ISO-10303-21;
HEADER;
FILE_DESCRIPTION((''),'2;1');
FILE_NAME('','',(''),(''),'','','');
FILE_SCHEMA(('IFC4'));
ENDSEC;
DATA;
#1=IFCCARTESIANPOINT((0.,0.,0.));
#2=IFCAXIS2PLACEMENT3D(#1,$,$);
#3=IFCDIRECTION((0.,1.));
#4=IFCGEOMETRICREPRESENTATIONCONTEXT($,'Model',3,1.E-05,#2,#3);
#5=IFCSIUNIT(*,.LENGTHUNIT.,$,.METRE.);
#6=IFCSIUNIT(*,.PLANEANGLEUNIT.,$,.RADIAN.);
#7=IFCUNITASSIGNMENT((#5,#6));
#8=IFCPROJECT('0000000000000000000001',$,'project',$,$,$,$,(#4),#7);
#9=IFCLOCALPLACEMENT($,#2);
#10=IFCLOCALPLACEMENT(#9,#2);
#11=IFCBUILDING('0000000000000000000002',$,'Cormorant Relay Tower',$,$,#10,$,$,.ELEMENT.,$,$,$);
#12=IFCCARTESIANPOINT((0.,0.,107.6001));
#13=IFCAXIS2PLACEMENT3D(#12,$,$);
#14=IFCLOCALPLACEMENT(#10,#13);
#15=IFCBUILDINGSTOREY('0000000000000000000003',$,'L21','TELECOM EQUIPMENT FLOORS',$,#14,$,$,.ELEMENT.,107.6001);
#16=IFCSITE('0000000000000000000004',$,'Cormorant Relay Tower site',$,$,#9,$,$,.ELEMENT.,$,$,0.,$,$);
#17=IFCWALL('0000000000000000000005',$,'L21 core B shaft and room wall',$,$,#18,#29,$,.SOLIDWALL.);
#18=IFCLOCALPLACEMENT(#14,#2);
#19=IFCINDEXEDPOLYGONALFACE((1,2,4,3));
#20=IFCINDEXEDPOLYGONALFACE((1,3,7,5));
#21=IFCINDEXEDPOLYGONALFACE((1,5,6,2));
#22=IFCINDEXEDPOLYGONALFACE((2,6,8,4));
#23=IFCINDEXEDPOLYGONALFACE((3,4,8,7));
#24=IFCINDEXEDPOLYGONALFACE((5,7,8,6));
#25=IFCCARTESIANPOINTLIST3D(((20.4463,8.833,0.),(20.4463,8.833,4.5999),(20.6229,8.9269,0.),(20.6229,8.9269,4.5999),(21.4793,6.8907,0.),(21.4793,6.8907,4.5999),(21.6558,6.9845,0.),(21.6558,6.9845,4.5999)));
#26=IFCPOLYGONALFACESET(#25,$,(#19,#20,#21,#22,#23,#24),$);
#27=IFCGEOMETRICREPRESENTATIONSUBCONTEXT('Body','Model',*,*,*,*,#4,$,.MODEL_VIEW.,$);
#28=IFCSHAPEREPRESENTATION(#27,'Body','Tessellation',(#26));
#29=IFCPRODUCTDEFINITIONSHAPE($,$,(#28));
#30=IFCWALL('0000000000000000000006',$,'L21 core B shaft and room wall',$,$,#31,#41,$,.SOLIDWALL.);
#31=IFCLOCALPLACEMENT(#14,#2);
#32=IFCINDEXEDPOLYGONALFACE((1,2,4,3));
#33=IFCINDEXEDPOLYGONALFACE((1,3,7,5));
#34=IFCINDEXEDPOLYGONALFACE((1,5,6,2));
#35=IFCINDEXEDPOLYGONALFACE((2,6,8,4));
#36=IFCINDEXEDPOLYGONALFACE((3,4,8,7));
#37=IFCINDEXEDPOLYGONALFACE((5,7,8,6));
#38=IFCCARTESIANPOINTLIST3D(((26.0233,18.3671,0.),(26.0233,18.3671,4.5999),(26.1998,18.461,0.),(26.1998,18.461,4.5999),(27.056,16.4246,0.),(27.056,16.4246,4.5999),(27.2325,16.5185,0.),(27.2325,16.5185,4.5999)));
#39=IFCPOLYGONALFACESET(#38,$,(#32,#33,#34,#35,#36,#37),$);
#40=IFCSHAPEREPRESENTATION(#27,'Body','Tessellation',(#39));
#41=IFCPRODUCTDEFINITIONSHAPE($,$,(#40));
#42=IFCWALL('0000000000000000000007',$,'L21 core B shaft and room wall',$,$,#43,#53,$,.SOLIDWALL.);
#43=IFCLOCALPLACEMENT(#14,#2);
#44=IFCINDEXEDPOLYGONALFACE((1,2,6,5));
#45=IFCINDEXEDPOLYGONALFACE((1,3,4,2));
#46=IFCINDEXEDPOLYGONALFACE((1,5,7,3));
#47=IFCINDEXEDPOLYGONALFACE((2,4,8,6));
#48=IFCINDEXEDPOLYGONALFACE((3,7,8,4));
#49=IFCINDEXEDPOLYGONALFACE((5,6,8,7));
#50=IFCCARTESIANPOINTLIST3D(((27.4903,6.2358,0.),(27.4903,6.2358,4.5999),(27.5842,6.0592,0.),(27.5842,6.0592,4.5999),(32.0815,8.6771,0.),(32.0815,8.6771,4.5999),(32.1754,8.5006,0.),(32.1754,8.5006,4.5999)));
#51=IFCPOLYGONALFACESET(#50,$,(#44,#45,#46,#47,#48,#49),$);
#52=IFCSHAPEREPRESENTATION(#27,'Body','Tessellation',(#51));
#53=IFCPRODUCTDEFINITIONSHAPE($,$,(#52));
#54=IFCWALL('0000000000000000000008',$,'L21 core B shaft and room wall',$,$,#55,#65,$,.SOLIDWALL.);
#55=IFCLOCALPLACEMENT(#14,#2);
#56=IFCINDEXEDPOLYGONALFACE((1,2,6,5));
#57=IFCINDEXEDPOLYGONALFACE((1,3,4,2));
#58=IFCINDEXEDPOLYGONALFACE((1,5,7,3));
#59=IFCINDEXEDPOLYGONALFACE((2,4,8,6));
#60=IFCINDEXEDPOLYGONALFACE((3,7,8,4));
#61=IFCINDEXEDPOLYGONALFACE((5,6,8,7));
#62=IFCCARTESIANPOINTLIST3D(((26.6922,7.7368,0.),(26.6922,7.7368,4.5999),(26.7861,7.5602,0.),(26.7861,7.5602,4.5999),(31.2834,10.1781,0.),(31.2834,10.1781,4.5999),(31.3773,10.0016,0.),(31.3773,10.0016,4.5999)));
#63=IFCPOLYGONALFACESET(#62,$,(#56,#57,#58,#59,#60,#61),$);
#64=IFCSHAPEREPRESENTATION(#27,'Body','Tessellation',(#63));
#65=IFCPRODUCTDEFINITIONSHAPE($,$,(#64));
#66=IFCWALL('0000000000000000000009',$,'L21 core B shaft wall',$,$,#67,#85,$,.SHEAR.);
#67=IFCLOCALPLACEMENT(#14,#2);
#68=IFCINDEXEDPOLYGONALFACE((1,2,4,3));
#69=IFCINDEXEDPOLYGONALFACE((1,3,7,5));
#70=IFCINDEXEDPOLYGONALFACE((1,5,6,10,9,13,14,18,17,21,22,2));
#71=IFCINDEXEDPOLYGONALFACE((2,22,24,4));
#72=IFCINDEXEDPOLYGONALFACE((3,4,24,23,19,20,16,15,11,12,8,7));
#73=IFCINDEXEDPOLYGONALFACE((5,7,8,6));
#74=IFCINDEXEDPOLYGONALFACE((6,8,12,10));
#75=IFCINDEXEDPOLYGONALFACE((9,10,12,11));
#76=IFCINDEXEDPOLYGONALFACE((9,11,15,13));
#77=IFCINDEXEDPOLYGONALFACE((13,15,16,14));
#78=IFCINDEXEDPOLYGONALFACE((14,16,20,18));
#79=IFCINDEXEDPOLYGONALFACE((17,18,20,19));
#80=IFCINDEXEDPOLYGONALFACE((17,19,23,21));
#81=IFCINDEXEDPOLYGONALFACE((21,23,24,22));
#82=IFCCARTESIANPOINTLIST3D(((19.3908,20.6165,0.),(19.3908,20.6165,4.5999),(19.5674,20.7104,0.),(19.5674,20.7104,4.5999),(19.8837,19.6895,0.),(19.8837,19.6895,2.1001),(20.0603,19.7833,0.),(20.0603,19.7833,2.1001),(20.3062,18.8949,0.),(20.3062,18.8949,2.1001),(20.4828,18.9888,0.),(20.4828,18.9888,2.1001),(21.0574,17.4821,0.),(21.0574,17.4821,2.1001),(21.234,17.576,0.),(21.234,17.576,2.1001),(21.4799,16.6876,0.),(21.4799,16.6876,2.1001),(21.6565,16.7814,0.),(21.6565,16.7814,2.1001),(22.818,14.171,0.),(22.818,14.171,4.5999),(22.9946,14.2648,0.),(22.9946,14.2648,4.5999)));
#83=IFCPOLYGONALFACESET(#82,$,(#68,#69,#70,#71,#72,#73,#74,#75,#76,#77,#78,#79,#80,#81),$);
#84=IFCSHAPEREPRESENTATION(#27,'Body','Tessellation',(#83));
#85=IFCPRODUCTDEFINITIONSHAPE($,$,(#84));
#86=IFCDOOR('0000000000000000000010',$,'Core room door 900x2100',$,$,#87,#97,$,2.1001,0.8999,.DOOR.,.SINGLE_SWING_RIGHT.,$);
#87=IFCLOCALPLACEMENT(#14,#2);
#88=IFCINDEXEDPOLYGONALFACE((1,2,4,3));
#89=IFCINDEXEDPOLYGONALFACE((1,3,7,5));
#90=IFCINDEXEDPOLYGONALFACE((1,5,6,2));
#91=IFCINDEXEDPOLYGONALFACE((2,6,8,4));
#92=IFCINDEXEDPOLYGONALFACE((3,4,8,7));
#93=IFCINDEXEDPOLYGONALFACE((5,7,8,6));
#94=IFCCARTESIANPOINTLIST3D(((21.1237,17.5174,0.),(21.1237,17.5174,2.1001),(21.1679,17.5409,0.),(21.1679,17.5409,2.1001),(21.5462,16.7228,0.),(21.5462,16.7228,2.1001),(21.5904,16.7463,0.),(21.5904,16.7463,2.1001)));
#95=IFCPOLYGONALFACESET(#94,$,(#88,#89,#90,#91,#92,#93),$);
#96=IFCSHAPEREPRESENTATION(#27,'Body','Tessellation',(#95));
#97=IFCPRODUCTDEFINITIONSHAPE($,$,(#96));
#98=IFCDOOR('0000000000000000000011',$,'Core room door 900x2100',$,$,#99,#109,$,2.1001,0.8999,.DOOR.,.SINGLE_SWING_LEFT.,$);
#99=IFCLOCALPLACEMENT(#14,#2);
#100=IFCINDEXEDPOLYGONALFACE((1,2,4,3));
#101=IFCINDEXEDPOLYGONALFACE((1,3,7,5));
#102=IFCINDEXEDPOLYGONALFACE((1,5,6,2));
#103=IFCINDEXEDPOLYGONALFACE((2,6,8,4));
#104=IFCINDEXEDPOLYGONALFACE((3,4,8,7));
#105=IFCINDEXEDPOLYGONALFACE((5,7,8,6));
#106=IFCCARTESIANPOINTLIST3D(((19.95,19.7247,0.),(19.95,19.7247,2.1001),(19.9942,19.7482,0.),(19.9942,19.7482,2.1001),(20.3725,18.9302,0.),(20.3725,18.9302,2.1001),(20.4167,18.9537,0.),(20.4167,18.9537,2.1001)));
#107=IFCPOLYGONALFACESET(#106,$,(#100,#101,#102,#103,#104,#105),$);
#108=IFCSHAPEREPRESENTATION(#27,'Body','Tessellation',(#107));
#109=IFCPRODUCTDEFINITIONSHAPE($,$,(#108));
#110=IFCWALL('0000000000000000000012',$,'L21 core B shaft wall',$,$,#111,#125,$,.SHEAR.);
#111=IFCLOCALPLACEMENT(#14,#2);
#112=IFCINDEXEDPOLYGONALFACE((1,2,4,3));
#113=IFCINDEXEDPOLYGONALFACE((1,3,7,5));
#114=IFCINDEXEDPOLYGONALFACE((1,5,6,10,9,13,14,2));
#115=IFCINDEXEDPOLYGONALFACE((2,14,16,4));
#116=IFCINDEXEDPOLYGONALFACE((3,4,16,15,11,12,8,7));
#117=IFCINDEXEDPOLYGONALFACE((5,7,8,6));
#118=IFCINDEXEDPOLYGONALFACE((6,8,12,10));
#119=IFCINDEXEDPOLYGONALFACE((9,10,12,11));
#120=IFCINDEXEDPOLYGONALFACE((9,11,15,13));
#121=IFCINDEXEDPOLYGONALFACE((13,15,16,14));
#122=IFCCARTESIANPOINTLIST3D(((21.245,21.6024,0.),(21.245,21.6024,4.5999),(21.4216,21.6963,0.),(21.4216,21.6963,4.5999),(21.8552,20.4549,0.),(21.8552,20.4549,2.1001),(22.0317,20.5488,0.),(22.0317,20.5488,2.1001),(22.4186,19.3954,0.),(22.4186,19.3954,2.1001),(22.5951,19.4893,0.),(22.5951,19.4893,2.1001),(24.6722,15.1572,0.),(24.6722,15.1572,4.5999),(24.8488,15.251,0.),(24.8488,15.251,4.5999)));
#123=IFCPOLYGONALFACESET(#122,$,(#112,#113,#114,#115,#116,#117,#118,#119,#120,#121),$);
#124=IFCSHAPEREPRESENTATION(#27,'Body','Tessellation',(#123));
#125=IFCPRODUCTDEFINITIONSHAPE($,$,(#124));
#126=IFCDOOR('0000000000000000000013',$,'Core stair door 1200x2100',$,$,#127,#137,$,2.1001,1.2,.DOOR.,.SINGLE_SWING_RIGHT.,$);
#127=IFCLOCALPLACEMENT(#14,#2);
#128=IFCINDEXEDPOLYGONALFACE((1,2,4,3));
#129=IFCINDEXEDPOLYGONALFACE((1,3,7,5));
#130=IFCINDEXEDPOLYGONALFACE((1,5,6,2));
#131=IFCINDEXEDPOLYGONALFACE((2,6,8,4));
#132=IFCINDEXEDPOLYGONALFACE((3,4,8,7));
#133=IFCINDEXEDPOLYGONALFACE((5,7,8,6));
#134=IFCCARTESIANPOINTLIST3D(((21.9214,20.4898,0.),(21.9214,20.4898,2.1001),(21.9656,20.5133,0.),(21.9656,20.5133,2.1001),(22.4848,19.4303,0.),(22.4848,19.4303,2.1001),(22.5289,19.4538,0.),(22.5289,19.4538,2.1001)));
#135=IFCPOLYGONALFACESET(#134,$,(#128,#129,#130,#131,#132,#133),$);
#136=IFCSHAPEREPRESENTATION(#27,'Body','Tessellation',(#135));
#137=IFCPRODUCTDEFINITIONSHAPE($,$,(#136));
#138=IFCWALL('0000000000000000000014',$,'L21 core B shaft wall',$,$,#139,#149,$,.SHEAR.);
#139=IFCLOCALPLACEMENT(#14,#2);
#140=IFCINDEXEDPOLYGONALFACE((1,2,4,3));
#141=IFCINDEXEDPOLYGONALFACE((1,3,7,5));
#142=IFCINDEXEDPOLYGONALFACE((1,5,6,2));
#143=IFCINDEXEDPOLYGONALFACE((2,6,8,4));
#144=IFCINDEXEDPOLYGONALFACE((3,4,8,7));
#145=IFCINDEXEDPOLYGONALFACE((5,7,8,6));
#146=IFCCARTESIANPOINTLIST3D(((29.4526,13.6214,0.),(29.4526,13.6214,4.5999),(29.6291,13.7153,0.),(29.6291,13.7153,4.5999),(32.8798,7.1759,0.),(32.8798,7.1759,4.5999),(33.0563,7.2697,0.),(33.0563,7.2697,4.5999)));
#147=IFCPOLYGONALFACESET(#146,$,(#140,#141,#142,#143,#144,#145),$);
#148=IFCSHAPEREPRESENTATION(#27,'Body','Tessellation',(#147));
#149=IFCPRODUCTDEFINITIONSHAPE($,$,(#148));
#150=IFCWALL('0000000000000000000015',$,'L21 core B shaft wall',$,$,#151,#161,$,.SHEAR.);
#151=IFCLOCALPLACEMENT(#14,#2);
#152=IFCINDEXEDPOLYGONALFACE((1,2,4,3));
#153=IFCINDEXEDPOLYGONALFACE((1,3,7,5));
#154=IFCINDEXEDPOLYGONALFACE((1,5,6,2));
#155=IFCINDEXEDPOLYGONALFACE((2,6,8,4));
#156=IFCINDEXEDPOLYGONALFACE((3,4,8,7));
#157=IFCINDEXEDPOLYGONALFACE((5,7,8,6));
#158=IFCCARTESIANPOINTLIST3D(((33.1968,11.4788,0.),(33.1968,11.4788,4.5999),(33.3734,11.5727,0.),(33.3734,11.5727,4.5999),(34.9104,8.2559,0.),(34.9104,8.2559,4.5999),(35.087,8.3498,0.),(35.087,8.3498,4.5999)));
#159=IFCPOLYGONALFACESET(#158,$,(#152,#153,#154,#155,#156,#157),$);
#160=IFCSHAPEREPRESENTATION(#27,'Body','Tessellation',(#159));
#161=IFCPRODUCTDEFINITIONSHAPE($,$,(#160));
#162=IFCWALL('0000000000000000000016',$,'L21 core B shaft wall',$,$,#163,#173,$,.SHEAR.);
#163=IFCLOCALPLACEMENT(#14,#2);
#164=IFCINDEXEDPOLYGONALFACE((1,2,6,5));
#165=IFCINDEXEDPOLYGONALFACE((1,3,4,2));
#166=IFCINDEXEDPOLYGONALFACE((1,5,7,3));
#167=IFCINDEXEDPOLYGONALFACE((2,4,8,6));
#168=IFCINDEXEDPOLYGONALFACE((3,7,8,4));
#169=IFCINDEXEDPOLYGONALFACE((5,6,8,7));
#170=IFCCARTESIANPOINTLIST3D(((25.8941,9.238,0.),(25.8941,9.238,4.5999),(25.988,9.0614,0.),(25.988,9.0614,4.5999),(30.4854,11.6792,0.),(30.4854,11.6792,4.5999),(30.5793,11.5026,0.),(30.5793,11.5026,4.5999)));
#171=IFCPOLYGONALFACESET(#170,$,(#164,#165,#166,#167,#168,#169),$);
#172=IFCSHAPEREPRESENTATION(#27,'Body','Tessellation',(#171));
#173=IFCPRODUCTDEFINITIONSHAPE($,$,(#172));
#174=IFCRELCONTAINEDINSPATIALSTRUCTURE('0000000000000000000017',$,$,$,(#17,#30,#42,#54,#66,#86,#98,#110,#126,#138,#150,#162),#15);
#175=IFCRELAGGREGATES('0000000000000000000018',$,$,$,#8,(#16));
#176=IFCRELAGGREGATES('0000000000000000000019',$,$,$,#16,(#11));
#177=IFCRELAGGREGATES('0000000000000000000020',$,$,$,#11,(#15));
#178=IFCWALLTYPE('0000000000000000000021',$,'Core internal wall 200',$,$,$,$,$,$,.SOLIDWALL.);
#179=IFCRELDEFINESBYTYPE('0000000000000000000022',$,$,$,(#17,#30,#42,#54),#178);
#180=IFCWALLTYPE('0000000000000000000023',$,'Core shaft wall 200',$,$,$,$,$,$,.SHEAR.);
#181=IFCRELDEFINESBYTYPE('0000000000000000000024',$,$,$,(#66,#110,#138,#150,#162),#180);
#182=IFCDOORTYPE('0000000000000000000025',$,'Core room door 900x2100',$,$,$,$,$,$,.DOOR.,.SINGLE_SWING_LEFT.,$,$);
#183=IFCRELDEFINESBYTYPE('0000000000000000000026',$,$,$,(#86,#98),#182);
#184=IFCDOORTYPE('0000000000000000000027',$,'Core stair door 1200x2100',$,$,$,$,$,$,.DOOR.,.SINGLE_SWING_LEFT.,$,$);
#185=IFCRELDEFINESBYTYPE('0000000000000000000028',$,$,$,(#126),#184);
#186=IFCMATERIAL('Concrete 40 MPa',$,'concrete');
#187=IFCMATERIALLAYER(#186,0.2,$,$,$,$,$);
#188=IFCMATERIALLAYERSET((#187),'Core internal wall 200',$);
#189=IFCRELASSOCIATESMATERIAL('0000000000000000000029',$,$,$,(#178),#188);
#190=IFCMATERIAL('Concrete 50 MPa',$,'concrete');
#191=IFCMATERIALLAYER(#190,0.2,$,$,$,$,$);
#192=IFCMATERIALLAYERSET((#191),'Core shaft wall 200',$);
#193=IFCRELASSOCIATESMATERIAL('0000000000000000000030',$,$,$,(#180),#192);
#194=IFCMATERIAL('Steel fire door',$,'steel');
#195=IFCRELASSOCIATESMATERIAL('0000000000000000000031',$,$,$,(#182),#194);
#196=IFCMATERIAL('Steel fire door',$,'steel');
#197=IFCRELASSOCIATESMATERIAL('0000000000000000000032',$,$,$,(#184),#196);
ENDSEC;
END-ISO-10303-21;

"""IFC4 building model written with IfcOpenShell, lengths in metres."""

from ifc_helpers import new_model, si_unit, direction, frame, frame_2d, origin, place, context, subcontext, project, spatial, rectangle, extrude, material, layer, layer_set, type_object, element, fill, save


model = new_model("IFC4")

# Units and contexts
model_context = context("Model", 3, precision=1e-05, world=origin(), true_north=direction((0.0, 1.0)))
body_context = subcontext(model_context, "Body", "Model", "MODEL_VIEW")
ifc_project = project(units=[si_unit("LENGTHUNIT", "METRE"), si_unit("PLANEANGLEUNIT", "RADIAN")], contexts=[model_context])

# Site, building, storey
site_placement = place(None, origin())
site = spatial("IfcSite", under=ifc_project, at=site_placement, Name="Cormorant Relay Tower site", CompositionType="ELEMENT", RefElevation=0.0)
building_placement = place(site_placement, origin())
building = spatial("IfcBuilding", under=site, at=building_placement, Name="Cormorant Relay Tower", CompositionType="ELEMENT")
storey_placement = place(building_placement, frame((0.0, 0.0, 107.6001)))
storey = spatial("IfcBuildingStorey", under=building, at=storey_placement, Name="L21", Description="TELECOM EQUIPMENT FLOORS", CompositionType="ELEMENT", Elevation=107.6001)

# Walls
ifc_material_1 = material(Name="Concrete 40 MPa", Category="concrete")
ifc_layer_1 = layer(ifc_material_1, 0.2)
ifc_layer_set_1 = layer_set([ifc_layer_1], Name="Core internal wall 200")
wall_type_1 = type_object("IfcWallType", Name="Core internal wall 200", PredefinedType="SOLIDWALL", material=ifc_layer_set_1)
for number, where, z_axis, x_axis, name in (
    (1, (21.5676, 6.9375, 0.0), (0.0, 0.0, 1.0), (-0.469534, 0.882914, 0.0), "L21 core B shaft and room wall"),
    (2, (27.1443, 16.4714, 0.0), (0.0, 0.0, 1.0), (-0.469401, 0.882985, 0.0), "L21 core B shaft and room wall"),
):
    element("IfcWall", number, at=place(storey_placement, frame(where, z_axis=z_axis, x_axis=x_axis)), inside=storey, type_object=wall_type_1, Name=name, PredefinedType="SOLIDWALL", context=body_context, shape_type="SweptSolid", body=[
        extrude(rectangle(XDim=2.2, YDim=0.2, at=frame_2d((1.1001, 0.0))), origin(), (0.0, 0.0, 1.0), 4.5999),
    ])
for number, where, z_axis, x_axis, name in (
    (3, (27.5371, 6.1475, 0.0), (0.0, 0.0, 1.0), (0.882935, 0.469496, 0.0), "L21 core B shaft and room wall"),
    (4, (26.739, 7.6484, 0.0), (0.0, 0.0, 1.0), (0.882935, 0.469496, 0.0), "L21 core B shaft and room wall"),
):
    element("IfcWall", number, at=place(storey_placement, frame(where, z_axis=z_axis, x_axis=x_axis)), inside=storey, type_object=wall_type_1, Name=name, PredefinedType="SOLIDWALL", context=body_context, shape_type="SweptSolid", body=[
        extrude(rectangle(XDim=5.2, YDim=0.2, at=frame_2d((2.6001, 0.0))), origin(), (0.0, 0.0, 1.0), 4.5999),
    ])

# Wall, openings, doors
ifc_material_2 = material(Name="Concrete 50 MPa", Category="concrete")
ifc_layer_2 = layer(ifc_material_2, 0.2)
ifc_layer_set_2 = layer_set([ifc_layer_2], Name="Core shaft wall 200")
wall_type_2 = type_object("IfcWallType", Name="Core shaft wall 200", PredefinedType="SHEAR", material=ifc_layer_set_2)
wall_1_placement = place(storey_placement, frame((22.9062, 14.218, 0.0), z_axis=(0.0, 0.0, 1.0), x_axis=(-0.46948, 0.882943, 0.0)))
wall_1 = element("IfcWall", 5, at=wall_1_placement, inside=storey, type_object=wall_type_2, Name="L21 core B shaft wall", PredefinedType="SHEAR", context=body_context, shape_type="SweptSolid", body=[
    extrude(rectangle(XDim=7.3, YDim=0.2, at=frame_2d((3.6499, 0.0))), origin(), (0.0, 0.0, 1.0), 4.5999),
])
opening_1_placement = place(wall_1_placement, frame((2.8501, 0.0, 0.0)))
opening_1 = element("IfcOpeningElement", 6, at=opening_1_placement, cuts=wall_1, PredefinedType="OPENING", context=body_context, shape_type="SweptSolid", body=[
    extrude(rectangle(XDim=0.8999, YDim=2.1001, at=frame_2d((0.45, 1.05))), frame((0.0, 0.1099, 0.0), z_axis=(0.0, -1.0, 0.0), x_axis=(1.0, 0.0, 0.0)), (0.0, 0.0, 1.0), 0.22),
])
opening_2_placement = place(wall_1_placement, frame((5.3501, 0.0, 0.0)))
opening_2 = element("IfcOpeningElement", 7, at=opening_2_placement, cuts=wall_1, PredefinedType="OPENING", context=body_context, shape_type="SweptSolid", body=[
    extrude(rectangle(XDim=0.8999, YDim=2.1001, at=frame_2d((0.45, 1.05))), frame((0.0, 0.1099, 0.0), z_axis=(0.0, -1.0, 0.0), x_axis=(1.0, 0.0, 0.0)), (0.0, 0.0, 1.0), 0.22),
])
ifc_material_3 = material(Name="Steel fire door", Category="steel")
door_type_1 = type_object("IfcDoorType", Name="Core room door 900x2100", OperationType="SINGLE_SWING_LEFT", PredefinedType="DOOR", material=ifc_material_3)
door_1_placement = place(opening_1_placement, origin())
door_1 = element("IfcDoor", 8, at=door_1_placement, inside=storey, type_object=door_type_1, Name="Core room door 900x2100", OperationType="SINGLE_SWING_RIGHT", OverallHeight=2.1001, OverallWidth=0.8999, PredefinedType="DOOR", context=body_context, shape_type="SweptSolid", body=[
    extrude(rectangle(XDim=0.8999, YDim=2.1001, at=frame_2d((0.45, 1.05))), frame((0.0, 0.0249, 0.0), z_axis=(0.0, -1.0, 0.0), x_axis=(1.0, 0.0, 0.0)), (0.0, 0.0, 1.0), 0.05),
])
fill(opening_1, door_1)
door_2_placement = place(opening_2_placement, origin())
door_2 = element("IfcDoor", 9, at=door_2_placement, inside=storey, type_object=door_type_1, Name="Core room door 900x2100", OperationType="SINGLE_SWING_LEFT", OverallHeight=2.1001, OverallWidth=0.8999, PredefinedType="DOOR", context=body_context, shape_type="SweptSolid", body=[
    extrude(rectangle(XDim=0.8999, YDim=2.1001, at=frame_2d((0.45, 1.05))), frame((0.0, 0.0249, 0.0), z_axis=(0.0, -1.0, 0.0), x_axis=(1.0, 0.0, 0.0)), (0.0, 0.0, 1.0), 0.05),
])
fill(opening_2, door_2)

# Wall, opening, door
wall_2_placement = place(storey_placement, frame((24.7605, 15.2041, 0.0), z_axis=(0.0, 0.0, 1.0), x_axis=(-0.469494, 0.882936, 0.0)))
wall_2 = element("IfcWall", 10, at=wall_2_placement, inside=storey, type_object=wall_type_2, Name="L21 core B shaft wall", PredefinedType="SHEAR", context=body_context, shape_type="SweptSolid", body=[
    extrude(rectangle(XDim=7.2998, YDim=0.2, at=frame_2d((3.6499, 0.0))), origin(), (0.0, 0.0, 1.0), 4.5999),
])
opening_3_placement = place(wall_2_placement, frame((4.8, 0.0, 0.0)))
opening_3 = element("IfcOpeningElement", 11, at=opening_3_placement, cuts=wall_2, PredefinedType="OPENING", context=body_context, shape_type="SweptSolid", body=[
    extrude(rectangle(XDim=1.2, YDim=2.1001, at=frame_2d((0.6001, 1.05))), frame((0.0, 0.1099, 0.0), z_axis=(0.0, -1.0, 0.0), x_axis=(1.0, 0.0, 0.0)), (0.0, 0.0, 1.0), 0.22),
])
ifc_material_4 = material(Name="Steel fire door", Category="steel")
door_type_2 = type_object("IfcDoorType", Name="Core stair door 1200x2100", OperationType="SINGLE_SWING_LEFT", PredefinedType="DOOR", material=ifc_material_4)
door_3_placement = place(opening_3_placement, frame((1.2, 0.0, 0.0), z_axis=(0.0, 0.0, 1.0), x_axis=(-1.0, 0.0, 0.0)))
door_3 = element("IfcDoor", 12, at=door_3_placement, inside=storey, type_object=door_type_2, Name="Core stair door 1200x2100", OperationType="SINGLE_SWING_RIGHT", OverallHeight=2.1001, OverallWidth=1.2, PredefinedType="DOOR", context=body_context, shape_type="SweptSolid", body=[
    extrude(rectangle(XDim=1.2, YDim=2.1001, at=frame_2d((0.6001, 1.05))), frame((0.0, 0.0249, 0.0), z_axis=(0.0, -1.0, 0.0), x_axis=(1.0, 0.0, 0.0)), (0.0, 0.0, 1.0), 0.05),
])
fill(opening_3, door_3)

# Walls
wall_3_placement = place(storey_placement, frame((32.968, 7.2229, 0.0), z_axis=(0.0, 0.0, 1.0), x_axis=(-0.46948, 0.882943, 0.0)))
element("IfcWall", 13, at=wall_3_placement, inside=storey, type_object=wall_type_2, Name="L21 core B shaft wall", PredefinedType="SHEAR", context=body_context, shape_type="SweptSolid", body=[
    extrude(rectangle(XDim=7.3, YDim=0.2, at=frame_2d((3.6499, 0.0))), origin(), (0.0, 0.0, 1.0), 4.5999),
])
wall_4_placement = place(storey_placement, frame((34.9988, 8.3027, 0.0), z_axis=(0.0, 0.0, 1.0), x_axis=(-0.469467, 0.88295, 0.0)))
element("IfcWall", 14, at=wall_4_placement, inside=storey, type_object=wall_type_2, Name="L21 core B shaft wall", PredefinedType="SHEAR", context=body_context, shape_type="SweptSolid", body=[
    extrude(rectangle(XDim=3.6501, YDim=0.2, at=frame_2d((1.8252, 0.0))), origin(), (0.0, 0.0, 1.0), 4.5999),
])

# Wall
wall_5_placement = place(storey_placement, frame((25.9409, 9.1497, 0.0), z_axis=(0.0, 0.0, 1.0), x_axis=(0.882954, 0.46946, 0.0)))
element("IfcWall", 15, at=wall_5_placement, inside=storey, type_object=wall_type_2, Name="L21 core B shaft wall", PredefinedType="SHEAR", context=body_context, shape_type="SweptSolid", body=[
    extrude(rectangle(XDim=5.2, YDim=0.2, at=frame_2d((2.6001, 0.0))), origin(), (0.0, 0.0, 1.0), 4.5999),
])

save(model, "model.ifc")
